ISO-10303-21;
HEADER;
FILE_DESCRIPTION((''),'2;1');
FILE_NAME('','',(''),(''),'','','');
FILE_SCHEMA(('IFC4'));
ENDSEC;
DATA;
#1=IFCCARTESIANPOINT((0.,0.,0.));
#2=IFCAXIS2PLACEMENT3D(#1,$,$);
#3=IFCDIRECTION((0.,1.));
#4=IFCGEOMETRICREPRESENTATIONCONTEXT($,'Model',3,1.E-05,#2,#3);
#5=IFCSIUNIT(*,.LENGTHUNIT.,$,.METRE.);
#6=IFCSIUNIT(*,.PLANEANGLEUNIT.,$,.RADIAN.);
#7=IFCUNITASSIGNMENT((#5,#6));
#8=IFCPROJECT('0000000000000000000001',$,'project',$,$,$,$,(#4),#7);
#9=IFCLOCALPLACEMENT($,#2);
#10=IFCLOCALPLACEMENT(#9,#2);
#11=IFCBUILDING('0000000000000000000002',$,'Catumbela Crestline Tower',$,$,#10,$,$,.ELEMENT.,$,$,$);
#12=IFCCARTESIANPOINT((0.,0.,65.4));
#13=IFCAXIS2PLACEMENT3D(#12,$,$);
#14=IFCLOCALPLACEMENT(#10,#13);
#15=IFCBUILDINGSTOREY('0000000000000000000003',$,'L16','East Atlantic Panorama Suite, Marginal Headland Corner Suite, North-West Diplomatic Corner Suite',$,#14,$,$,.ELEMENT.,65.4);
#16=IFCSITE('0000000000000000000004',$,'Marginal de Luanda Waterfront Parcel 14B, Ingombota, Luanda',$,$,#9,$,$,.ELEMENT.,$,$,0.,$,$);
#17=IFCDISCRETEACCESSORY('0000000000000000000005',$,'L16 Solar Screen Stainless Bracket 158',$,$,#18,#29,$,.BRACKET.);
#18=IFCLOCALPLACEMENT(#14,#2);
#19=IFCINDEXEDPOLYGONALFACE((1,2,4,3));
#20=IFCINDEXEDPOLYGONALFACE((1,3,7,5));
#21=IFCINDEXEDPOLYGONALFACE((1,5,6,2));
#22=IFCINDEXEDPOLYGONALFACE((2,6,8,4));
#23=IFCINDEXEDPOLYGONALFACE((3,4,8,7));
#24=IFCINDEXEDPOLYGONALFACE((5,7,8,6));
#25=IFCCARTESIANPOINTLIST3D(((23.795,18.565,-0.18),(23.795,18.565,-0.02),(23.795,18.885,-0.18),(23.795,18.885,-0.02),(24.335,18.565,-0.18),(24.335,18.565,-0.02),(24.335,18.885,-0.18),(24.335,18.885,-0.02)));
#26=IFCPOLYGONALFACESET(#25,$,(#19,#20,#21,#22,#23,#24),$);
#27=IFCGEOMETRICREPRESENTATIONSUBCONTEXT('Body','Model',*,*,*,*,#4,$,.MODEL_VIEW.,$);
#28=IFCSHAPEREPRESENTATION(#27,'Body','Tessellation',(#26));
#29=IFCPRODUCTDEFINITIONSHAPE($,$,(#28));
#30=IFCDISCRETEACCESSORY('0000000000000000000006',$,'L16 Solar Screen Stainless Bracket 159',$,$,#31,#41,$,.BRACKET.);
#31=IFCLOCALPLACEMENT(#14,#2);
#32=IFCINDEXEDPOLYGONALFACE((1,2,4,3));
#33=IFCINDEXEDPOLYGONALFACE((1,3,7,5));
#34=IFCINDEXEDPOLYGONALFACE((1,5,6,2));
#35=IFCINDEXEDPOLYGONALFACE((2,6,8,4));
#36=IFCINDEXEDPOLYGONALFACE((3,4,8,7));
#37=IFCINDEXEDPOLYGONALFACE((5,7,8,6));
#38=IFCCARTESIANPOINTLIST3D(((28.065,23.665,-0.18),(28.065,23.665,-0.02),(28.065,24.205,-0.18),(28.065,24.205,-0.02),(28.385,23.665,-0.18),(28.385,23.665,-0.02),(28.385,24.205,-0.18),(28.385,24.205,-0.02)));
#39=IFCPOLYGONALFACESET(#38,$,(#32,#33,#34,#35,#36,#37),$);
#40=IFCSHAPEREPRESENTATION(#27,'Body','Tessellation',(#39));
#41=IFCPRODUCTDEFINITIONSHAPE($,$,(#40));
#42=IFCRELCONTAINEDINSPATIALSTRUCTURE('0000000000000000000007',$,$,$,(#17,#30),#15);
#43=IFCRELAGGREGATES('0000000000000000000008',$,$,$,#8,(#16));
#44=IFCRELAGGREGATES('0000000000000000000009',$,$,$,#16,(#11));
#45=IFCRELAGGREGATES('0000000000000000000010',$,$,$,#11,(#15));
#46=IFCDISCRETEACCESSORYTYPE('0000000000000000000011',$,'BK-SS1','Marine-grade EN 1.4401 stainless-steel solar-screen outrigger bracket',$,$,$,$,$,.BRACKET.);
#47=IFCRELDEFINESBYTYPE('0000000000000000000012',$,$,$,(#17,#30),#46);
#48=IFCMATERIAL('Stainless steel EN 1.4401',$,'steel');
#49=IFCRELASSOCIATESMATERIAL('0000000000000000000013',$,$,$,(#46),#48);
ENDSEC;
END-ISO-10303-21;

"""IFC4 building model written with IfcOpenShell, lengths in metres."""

from ifc_helpers import new_model, si_unit, direction, frame, origin, origin_2d, place, context, subcontext, project, spatial, rectangle, extrude, material, type_object, element, save


model = new_model("IFC4")

# Units and contexts
model_context = context("Model", 3, precision=1e-05, world=origin(), true_north=direction((0.0, 1.0)))
body_context = subcontext(model_context, "Body", "Model", "MODEL_VIEW")
ifc_project = project(units=[si_unit("LENGTHUNIT", "METRE"), si_unit("PLANEANGLEUNIT", "RADIAN")], contexts=[model_context])

# Site, building, storey
site_placement = place(None, origin())
site = spatial("IfcSite", under=ifc_project, at=site_placement, Name="Marginal de Luanda Waterfront Parcel 14B, Ingombota, Luanda", CompositionType="ELEMENT", RefElevation=0.0)
building_placement = place(site_placement, origin())
building = spatial("IfcBuilding", under=site, at=building_placement, Name="Catumbela Crestline Tower", CompositionType="ELEMENT")
storey_placement = place(building_placement, frame((0.0, 0.0, 65.4)))
storey = spatial("IfcBuildingStorey", under=building, at=storey_placement, Name="L16", Description="East Atlantic Panorama Suite, Marginal Headland Corner Suite, North-West Diplomatic Corner Suite", CompositionType="ELEMENT", Elevation=65.4)

# Shared definitions
ifc_material_1 = material(Name="Stainless steel EN 1.4401", Category="steel")

# Discrete accessories
discrete_accessory_type = type_object("IfcDiscreteAccessoryType", Name="BK-SS1", Description="Marine-grade EN 1.4401 stainless-steel solar-screen outrigger bracket", PredefinedType="BRACKET", material=ifc_material_1)
for number, where, z_axis, x_axis, name in (
    (1, (24.065, 18.725, -0.18), (0.0, 0.0, 1.0), (0.0, 1.0, 0.0), "L16 Solar Screen Stainless Bracket 158"),
    (2, (28.225, 23.935, -0.18), (0.0, 0.0, 1.0), (1.0, 0.0, 0.0), "L16 Solar Screen Stainless Bracket 159"),
):
    element("IfcDiscreteAccessory", number, at=place(storey_placement, frame(where, z_axis=z_axis, x_axis=x_axis)), inside=storey, type_object=discrete_accessory_type, Name=name, PredefinedType="BRACKET", context=body_context, shape_type="SweptSolid", body=[
        extrude(rectangle(XDim=0.32, YDim=0.54, at=origin_2d()), origin(), (0.0, 0.0, 1.0), 0.16),
    ])

save(model, "model.ifc")
